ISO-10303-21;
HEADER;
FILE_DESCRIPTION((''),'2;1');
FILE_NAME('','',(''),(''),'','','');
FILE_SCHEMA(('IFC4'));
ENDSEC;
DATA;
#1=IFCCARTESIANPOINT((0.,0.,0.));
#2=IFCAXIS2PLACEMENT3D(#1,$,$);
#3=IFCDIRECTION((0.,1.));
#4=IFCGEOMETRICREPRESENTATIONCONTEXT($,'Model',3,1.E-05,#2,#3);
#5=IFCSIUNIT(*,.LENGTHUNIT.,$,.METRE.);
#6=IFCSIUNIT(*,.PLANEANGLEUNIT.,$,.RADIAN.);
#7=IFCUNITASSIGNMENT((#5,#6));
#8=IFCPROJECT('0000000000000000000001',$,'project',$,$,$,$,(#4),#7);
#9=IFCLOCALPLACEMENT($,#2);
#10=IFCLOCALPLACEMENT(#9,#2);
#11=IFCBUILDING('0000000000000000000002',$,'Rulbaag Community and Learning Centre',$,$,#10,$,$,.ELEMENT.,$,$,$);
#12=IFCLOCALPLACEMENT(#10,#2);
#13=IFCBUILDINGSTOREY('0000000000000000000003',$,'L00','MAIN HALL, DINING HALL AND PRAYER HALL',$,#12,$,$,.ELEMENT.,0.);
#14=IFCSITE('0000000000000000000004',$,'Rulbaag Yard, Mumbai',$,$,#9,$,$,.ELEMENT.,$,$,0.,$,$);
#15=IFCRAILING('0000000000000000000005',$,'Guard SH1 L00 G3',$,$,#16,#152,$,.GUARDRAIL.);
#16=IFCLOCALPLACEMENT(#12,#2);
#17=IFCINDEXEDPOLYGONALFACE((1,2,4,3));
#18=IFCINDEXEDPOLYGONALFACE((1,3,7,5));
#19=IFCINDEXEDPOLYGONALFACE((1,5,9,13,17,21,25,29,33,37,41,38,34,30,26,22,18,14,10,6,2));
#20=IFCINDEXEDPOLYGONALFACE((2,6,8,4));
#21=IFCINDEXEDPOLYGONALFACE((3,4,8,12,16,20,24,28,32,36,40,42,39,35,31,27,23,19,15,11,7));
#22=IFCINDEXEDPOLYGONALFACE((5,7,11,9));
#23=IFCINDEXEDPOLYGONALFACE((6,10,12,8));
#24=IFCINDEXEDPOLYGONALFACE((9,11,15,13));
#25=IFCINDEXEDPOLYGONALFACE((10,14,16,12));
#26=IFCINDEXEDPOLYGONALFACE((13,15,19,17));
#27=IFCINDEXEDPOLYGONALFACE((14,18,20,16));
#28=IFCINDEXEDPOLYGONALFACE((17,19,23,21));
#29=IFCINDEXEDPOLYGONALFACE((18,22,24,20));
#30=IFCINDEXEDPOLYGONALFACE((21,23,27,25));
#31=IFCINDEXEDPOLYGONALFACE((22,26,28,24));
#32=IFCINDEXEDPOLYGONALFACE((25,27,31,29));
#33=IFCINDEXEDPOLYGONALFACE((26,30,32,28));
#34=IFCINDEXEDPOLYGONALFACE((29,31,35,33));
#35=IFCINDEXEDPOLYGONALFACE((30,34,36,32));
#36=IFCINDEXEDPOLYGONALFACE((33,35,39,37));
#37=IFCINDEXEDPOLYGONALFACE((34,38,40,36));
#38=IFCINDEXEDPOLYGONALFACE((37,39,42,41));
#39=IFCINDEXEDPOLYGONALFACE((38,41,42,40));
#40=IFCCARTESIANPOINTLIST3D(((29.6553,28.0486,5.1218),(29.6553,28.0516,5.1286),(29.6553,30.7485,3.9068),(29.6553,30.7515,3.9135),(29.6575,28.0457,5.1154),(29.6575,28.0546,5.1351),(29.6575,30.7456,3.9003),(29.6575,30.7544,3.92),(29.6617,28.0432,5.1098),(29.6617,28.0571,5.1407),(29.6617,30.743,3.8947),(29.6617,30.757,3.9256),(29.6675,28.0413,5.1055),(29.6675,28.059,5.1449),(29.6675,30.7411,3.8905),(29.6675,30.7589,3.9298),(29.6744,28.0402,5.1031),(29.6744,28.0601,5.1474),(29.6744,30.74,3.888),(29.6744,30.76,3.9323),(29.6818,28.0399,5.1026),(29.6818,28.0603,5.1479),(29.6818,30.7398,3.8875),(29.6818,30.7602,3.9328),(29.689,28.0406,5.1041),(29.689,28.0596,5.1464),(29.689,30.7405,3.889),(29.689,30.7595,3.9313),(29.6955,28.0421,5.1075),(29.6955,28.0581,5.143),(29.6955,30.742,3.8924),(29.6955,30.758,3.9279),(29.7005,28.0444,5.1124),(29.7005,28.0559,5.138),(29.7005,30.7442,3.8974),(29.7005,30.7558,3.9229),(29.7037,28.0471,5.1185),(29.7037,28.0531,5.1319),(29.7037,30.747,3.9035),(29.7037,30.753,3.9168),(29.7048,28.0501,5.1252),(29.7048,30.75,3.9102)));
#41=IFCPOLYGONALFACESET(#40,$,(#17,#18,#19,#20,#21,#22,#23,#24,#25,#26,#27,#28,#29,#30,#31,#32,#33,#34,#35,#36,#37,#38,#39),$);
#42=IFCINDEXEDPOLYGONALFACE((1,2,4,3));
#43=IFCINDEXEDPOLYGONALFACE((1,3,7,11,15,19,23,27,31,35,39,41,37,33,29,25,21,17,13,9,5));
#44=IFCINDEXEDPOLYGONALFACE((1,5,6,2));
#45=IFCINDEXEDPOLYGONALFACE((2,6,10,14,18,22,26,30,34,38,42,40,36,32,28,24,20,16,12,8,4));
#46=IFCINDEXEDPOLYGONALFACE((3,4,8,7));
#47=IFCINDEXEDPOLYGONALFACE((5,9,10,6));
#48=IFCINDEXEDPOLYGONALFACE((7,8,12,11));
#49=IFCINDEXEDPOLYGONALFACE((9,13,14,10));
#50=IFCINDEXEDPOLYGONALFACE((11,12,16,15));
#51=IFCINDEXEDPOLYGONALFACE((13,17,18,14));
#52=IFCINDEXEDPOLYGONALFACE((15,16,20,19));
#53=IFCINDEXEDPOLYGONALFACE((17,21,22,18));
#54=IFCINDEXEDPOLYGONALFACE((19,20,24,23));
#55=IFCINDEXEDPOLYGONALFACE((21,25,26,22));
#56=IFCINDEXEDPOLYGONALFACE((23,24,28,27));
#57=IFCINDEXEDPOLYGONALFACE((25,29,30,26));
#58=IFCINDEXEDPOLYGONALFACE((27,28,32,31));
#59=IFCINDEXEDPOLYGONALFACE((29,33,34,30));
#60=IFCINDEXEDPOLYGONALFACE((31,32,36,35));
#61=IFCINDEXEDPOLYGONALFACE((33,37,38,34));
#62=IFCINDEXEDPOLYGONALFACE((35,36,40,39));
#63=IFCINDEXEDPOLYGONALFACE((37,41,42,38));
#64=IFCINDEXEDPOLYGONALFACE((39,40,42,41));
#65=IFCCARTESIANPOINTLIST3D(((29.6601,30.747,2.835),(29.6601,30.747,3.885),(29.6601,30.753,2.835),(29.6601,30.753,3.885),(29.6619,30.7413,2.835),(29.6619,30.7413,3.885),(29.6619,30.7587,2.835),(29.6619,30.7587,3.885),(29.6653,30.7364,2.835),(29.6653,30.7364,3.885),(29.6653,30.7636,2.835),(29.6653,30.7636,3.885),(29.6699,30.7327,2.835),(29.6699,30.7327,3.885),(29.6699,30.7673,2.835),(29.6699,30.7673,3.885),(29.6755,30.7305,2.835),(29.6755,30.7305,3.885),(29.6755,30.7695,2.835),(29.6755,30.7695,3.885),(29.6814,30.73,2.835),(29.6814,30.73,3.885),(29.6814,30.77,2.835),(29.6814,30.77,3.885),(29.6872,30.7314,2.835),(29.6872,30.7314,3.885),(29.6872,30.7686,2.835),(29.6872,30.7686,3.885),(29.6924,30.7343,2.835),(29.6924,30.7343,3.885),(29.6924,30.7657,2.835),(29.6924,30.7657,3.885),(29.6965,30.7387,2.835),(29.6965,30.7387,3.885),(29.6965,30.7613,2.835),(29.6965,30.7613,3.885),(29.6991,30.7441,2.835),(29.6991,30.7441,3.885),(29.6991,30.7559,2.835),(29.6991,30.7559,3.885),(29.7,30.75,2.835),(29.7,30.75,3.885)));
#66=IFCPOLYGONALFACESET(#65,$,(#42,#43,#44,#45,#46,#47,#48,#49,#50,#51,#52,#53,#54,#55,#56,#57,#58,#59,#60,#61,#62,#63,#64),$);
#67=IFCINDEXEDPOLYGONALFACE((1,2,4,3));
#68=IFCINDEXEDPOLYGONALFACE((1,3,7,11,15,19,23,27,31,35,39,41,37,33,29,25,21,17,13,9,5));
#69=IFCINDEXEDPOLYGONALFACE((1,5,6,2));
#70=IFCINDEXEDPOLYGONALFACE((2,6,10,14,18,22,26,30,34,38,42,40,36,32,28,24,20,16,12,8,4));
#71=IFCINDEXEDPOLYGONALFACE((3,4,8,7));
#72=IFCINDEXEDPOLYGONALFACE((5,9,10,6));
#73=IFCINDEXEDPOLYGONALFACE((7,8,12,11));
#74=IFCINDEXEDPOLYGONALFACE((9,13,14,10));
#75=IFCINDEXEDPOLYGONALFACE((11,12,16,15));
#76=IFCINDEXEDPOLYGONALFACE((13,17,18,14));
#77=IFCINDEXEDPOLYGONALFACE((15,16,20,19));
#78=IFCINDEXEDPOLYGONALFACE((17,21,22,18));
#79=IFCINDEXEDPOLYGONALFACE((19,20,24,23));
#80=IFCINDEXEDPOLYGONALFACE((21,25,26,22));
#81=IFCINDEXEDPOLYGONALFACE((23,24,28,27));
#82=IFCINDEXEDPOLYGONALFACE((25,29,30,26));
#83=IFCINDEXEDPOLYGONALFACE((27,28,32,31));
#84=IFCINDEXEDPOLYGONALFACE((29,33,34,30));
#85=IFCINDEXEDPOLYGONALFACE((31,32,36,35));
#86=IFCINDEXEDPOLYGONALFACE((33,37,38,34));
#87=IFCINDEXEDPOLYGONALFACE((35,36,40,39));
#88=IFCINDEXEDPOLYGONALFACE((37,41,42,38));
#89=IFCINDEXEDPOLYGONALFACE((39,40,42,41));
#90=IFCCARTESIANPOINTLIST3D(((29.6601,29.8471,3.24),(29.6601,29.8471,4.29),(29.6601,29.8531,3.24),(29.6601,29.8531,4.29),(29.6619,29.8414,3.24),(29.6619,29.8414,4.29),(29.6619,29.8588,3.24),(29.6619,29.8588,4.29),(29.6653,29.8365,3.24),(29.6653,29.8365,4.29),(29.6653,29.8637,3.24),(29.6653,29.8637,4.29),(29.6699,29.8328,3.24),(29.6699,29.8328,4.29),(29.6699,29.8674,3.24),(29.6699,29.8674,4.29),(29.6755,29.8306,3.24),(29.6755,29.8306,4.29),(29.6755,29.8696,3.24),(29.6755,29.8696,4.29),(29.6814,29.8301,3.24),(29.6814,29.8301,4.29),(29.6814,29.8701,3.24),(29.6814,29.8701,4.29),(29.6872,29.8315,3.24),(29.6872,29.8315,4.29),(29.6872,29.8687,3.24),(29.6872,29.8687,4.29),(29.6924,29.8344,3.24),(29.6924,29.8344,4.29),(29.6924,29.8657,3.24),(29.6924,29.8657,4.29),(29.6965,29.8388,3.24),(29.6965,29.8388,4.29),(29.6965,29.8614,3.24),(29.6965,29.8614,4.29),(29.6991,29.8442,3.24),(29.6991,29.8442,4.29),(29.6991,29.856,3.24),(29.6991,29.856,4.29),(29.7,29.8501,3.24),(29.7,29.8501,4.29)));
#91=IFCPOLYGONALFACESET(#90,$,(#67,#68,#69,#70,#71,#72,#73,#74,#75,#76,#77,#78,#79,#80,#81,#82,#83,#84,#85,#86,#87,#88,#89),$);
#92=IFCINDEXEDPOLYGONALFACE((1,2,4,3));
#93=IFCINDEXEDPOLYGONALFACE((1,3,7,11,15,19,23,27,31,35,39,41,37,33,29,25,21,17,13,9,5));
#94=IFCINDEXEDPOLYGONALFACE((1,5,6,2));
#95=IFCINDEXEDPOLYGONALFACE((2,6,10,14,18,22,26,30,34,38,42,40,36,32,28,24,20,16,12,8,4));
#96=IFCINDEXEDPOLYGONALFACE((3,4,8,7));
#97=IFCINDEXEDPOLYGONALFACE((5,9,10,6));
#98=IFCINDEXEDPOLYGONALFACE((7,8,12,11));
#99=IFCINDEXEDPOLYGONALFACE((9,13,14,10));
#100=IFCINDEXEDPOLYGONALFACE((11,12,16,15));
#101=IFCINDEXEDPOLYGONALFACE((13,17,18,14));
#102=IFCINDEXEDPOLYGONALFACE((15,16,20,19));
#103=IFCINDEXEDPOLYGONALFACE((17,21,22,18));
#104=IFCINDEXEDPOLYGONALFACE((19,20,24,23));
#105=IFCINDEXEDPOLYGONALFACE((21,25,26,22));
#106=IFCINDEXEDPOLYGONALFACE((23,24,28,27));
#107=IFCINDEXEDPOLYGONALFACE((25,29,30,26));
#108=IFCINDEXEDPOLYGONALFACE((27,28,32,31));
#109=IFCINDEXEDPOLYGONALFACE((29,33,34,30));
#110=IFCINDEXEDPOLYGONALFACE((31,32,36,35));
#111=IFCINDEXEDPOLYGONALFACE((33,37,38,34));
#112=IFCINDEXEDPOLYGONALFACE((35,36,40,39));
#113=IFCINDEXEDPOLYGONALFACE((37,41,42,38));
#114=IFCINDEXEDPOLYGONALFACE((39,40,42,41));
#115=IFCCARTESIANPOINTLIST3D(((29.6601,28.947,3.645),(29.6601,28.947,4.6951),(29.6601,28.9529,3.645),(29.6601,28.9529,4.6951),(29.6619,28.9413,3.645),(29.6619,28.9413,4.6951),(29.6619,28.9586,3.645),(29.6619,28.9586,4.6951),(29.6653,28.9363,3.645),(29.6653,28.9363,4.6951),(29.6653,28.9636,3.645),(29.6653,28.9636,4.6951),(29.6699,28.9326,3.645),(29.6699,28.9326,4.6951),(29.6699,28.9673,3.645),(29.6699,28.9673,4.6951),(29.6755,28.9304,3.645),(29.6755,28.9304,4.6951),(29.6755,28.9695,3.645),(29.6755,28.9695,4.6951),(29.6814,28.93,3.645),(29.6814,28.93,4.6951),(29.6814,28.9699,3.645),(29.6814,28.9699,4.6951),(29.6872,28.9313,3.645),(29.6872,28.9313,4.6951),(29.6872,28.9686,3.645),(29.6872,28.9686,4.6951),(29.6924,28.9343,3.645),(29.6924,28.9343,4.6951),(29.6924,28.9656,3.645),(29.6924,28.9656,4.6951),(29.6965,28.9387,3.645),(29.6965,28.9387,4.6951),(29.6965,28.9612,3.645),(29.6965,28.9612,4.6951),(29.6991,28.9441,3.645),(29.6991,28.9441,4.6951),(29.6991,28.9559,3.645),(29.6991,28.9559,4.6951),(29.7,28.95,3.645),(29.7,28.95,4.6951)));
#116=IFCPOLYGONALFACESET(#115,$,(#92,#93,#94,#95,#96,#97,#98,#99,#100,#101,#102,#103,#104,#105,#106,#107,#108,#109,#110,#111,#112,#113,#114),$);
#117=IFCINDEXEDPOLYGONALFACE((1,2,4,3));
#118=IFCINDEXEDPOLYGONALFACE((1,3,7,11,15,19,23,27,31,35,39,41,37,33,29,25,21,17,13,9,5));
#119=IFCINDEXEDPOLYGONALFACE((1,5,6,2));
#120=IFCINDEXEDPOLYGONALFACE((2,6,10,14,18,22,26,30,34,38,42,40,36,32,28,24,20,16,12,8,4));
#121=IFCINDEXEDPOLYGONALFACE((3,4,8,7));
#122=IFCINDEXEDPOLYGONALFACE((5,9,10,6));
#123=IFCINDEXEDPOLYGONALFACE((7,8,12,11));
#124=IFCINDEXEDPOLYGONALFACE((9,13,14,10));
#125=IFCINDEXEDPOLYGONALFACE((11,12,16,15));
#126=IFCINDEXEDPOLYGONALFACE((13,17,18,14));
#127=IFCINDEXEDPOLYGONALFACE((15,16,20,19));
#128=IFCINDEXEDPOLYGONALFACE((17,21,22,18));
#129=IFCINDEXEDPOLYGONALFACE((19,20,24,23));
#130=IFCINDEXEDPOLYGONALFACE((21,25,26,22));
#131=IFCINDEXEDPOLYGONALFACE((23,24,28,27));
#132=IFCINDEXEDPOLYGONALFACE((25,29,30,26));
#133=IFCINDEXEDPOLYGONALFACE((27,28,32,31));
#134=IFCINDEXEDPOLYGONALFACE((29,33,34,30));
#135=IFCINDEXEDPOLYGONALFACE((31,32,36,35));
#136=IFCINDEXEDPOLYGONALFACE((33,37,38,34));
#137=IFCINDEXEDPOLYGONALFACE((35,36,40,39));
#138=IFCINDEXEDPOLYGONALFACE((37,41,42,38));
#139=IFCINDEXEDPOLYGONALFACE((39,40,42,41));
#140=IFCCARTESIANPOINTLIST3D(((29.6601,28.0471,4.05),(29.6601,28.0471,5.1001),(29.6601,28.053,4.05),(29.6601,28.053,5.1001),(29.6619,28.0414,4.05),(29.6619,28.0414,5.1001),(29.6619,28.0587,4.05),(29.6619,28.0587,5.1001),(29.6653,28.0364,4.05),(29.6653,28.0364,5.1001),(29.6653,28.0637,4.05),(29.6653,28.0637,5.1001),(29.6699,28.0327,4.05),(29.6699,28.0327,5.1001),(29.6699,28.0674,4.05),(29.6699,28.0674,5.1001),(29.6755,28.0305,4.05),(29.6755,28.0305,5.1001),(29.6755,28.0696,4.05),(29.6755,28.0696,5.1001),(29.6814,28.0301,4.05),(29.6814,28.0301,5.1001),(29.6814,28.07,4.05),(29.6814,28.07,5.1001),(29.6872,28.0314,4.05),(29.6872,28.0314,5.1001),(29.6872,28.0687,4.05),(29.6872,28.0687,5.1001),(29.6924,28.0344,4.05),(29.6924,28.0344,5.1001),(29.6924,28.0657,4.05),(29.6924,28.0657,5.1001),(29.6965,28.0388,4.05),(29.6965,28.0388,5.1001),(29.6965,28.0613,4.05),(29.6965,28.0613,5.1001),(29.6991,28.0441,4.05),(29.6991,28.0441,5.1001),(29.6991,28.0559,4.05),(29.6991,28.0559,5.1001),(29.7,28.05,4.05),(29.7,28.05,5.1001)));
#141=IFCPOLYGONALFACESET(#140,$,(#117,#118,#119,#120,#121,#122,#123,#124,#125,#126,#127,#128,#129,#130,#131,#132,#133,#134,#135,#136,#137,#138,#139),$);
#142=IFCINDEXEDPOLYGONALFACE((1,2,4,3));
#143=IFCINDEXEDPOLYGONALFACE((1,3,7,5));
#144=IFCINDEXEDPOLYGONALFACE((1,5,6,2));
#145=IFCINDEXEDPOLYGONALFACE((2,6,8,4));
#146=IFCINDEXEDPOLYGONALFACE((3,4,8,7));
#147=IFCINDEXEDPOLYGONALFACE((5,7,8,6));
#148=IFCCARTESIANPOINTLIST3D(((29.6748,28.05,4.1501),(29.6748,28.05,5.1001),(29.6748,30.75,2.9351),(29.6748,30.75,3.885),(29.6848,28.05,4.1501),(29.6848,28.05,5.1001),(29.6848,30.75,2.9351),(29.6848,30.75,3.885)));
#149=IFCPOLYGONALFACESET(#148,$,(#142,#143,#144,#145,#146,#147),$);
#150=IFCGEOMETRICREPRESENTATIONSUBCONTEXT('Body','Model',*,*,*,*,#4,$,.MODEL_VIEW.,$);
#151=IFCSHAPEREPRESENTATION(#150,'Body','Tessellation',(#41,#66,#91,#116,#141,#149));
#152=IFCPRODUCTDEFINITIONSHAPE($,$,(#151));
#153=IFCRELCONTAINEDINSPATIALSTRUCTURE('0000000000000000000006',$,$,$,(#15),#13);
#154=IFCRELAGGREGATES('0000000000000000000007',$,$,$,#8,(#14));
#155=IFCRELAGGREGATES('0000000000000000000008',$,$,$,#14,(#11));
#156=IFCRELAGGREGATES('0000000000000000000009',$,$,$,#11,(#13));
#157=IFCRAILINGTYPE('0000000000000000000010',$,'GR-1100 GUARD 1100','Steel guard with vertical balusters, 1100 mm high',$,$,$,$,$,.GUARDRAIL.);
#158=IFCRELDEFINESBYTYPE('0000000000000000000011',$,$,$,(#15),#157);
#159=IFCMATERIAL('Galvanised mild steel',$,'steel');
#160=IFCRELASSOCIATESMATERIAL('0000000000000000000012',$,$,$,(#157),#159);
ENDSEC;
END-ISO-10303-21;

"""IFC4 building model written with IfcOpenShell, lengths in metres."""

from ifc_helpers import new_model, si_unit, direction, frame, origin, origin_2d, place, context, subcontext, project, spatial, polyline, circle, outline, extrude, material, type_object, element, save


model = new_model("IFC4")

# Units and contexts
model_context = context("Model", 3, precision=1e-05, world=origin(), true_north=direction((0.0, 1.0)))
body_context = subcontext(model_context, "Body", "Model", "MODEL_VIEW")
ifc_project = project(units=[si_unit("LENGTHUNIT", "METRE"), si_unit("PLANEANGLEUNIT", "RADIAN")], contexts=[model_context])

# Site, building, storey
site_placement = place(None, origin())
site = spatial("IfcSite", under=ifc_project, at=site_placement, Name="Rulbaag Yard, Mumbai", CompositionType="ELEMENT", RefElevation=0.0)
building_placement = place(site_placement, origin())
building = spatial("IfcBuilding", under=site, at=building_placement, Name="Rulbaag Community and Learning Centre", CompositionType="ELEMENT")
storey_placement = place(building_placement, origin())
storey = spatial("IfcBuildingStorey", under=building, at=storey_placement, Name="L00", Description="MAIN HALL, DINING HALL AND PRAYER HALL", CompositionType="ELEMENT", Elevation=0.0)

# Railing
ifc_material_1 = material(Name="Galvanised mild steel", Category="steel")
railing_type_1 = type_object("IfcRailingType", Name="GR-1100 GUARD 1100", Description="Steel guard with vertical balusters, 1100 mm high", PredefinedType="GUARDRAIL", material=ifc_material_1)
railing_1_placement = place(storey_placement, frame((29.6799, 30.75, 2.835)))
element("IfcRailing", 1, at=railing_1_placement, inside=storey, type_object=railing_type_1, Name="Guard SH1 L00 G3", PredefinedType="GUARDRAIL", context=body_context, shape_type="SweptSolid", body=[
    extrude(circle(Radius=0.0249, at=origin_2d()), frame((0.0, 0.0, 1.0752), z_axis=(0.0, -0.911908, 0.410396), x_axis=(1.0, 0.0, 0.0)), (0.0, 0.0, 1.0), 2.9607),
    extrude(circle(Radius=0.02, at=origin_2d()), origin(), (0.0, 0.0, 1.0), 1.05),
    extrude(circle(Radius=0.02, at=origin_2d()), frame((0.0, -0.8999, 0.405)), (0.0, 0.0, 1.0), 1.05),
    extrude(circle(Radius=0.02, at=origin_2d()), frame((0.0, -1.8, 0.8101)), (0.0, 0.0, 1.0), 1.05),
    extrude(circle(Radius=0.02, at=origin_2d()), frame((0.0, -2.7, 1.2151)), (0.0, 0.0, 1.0), 1.05),
    extrude(outline(polyline([(0.0, 0.0), (2.7, 1.2151), (2.7, 2.165), (0.0, 0.95), (0.0, 0.0)])), frame((0.0049, 0.0, 0.1001), z_axis=(-1.0, 0.0, 0.0), x_axis=(0.0, -1.0, 0.0)), (0.0, 0.0, 1.0), 0.01),
])

save(model, "model.ifc")
